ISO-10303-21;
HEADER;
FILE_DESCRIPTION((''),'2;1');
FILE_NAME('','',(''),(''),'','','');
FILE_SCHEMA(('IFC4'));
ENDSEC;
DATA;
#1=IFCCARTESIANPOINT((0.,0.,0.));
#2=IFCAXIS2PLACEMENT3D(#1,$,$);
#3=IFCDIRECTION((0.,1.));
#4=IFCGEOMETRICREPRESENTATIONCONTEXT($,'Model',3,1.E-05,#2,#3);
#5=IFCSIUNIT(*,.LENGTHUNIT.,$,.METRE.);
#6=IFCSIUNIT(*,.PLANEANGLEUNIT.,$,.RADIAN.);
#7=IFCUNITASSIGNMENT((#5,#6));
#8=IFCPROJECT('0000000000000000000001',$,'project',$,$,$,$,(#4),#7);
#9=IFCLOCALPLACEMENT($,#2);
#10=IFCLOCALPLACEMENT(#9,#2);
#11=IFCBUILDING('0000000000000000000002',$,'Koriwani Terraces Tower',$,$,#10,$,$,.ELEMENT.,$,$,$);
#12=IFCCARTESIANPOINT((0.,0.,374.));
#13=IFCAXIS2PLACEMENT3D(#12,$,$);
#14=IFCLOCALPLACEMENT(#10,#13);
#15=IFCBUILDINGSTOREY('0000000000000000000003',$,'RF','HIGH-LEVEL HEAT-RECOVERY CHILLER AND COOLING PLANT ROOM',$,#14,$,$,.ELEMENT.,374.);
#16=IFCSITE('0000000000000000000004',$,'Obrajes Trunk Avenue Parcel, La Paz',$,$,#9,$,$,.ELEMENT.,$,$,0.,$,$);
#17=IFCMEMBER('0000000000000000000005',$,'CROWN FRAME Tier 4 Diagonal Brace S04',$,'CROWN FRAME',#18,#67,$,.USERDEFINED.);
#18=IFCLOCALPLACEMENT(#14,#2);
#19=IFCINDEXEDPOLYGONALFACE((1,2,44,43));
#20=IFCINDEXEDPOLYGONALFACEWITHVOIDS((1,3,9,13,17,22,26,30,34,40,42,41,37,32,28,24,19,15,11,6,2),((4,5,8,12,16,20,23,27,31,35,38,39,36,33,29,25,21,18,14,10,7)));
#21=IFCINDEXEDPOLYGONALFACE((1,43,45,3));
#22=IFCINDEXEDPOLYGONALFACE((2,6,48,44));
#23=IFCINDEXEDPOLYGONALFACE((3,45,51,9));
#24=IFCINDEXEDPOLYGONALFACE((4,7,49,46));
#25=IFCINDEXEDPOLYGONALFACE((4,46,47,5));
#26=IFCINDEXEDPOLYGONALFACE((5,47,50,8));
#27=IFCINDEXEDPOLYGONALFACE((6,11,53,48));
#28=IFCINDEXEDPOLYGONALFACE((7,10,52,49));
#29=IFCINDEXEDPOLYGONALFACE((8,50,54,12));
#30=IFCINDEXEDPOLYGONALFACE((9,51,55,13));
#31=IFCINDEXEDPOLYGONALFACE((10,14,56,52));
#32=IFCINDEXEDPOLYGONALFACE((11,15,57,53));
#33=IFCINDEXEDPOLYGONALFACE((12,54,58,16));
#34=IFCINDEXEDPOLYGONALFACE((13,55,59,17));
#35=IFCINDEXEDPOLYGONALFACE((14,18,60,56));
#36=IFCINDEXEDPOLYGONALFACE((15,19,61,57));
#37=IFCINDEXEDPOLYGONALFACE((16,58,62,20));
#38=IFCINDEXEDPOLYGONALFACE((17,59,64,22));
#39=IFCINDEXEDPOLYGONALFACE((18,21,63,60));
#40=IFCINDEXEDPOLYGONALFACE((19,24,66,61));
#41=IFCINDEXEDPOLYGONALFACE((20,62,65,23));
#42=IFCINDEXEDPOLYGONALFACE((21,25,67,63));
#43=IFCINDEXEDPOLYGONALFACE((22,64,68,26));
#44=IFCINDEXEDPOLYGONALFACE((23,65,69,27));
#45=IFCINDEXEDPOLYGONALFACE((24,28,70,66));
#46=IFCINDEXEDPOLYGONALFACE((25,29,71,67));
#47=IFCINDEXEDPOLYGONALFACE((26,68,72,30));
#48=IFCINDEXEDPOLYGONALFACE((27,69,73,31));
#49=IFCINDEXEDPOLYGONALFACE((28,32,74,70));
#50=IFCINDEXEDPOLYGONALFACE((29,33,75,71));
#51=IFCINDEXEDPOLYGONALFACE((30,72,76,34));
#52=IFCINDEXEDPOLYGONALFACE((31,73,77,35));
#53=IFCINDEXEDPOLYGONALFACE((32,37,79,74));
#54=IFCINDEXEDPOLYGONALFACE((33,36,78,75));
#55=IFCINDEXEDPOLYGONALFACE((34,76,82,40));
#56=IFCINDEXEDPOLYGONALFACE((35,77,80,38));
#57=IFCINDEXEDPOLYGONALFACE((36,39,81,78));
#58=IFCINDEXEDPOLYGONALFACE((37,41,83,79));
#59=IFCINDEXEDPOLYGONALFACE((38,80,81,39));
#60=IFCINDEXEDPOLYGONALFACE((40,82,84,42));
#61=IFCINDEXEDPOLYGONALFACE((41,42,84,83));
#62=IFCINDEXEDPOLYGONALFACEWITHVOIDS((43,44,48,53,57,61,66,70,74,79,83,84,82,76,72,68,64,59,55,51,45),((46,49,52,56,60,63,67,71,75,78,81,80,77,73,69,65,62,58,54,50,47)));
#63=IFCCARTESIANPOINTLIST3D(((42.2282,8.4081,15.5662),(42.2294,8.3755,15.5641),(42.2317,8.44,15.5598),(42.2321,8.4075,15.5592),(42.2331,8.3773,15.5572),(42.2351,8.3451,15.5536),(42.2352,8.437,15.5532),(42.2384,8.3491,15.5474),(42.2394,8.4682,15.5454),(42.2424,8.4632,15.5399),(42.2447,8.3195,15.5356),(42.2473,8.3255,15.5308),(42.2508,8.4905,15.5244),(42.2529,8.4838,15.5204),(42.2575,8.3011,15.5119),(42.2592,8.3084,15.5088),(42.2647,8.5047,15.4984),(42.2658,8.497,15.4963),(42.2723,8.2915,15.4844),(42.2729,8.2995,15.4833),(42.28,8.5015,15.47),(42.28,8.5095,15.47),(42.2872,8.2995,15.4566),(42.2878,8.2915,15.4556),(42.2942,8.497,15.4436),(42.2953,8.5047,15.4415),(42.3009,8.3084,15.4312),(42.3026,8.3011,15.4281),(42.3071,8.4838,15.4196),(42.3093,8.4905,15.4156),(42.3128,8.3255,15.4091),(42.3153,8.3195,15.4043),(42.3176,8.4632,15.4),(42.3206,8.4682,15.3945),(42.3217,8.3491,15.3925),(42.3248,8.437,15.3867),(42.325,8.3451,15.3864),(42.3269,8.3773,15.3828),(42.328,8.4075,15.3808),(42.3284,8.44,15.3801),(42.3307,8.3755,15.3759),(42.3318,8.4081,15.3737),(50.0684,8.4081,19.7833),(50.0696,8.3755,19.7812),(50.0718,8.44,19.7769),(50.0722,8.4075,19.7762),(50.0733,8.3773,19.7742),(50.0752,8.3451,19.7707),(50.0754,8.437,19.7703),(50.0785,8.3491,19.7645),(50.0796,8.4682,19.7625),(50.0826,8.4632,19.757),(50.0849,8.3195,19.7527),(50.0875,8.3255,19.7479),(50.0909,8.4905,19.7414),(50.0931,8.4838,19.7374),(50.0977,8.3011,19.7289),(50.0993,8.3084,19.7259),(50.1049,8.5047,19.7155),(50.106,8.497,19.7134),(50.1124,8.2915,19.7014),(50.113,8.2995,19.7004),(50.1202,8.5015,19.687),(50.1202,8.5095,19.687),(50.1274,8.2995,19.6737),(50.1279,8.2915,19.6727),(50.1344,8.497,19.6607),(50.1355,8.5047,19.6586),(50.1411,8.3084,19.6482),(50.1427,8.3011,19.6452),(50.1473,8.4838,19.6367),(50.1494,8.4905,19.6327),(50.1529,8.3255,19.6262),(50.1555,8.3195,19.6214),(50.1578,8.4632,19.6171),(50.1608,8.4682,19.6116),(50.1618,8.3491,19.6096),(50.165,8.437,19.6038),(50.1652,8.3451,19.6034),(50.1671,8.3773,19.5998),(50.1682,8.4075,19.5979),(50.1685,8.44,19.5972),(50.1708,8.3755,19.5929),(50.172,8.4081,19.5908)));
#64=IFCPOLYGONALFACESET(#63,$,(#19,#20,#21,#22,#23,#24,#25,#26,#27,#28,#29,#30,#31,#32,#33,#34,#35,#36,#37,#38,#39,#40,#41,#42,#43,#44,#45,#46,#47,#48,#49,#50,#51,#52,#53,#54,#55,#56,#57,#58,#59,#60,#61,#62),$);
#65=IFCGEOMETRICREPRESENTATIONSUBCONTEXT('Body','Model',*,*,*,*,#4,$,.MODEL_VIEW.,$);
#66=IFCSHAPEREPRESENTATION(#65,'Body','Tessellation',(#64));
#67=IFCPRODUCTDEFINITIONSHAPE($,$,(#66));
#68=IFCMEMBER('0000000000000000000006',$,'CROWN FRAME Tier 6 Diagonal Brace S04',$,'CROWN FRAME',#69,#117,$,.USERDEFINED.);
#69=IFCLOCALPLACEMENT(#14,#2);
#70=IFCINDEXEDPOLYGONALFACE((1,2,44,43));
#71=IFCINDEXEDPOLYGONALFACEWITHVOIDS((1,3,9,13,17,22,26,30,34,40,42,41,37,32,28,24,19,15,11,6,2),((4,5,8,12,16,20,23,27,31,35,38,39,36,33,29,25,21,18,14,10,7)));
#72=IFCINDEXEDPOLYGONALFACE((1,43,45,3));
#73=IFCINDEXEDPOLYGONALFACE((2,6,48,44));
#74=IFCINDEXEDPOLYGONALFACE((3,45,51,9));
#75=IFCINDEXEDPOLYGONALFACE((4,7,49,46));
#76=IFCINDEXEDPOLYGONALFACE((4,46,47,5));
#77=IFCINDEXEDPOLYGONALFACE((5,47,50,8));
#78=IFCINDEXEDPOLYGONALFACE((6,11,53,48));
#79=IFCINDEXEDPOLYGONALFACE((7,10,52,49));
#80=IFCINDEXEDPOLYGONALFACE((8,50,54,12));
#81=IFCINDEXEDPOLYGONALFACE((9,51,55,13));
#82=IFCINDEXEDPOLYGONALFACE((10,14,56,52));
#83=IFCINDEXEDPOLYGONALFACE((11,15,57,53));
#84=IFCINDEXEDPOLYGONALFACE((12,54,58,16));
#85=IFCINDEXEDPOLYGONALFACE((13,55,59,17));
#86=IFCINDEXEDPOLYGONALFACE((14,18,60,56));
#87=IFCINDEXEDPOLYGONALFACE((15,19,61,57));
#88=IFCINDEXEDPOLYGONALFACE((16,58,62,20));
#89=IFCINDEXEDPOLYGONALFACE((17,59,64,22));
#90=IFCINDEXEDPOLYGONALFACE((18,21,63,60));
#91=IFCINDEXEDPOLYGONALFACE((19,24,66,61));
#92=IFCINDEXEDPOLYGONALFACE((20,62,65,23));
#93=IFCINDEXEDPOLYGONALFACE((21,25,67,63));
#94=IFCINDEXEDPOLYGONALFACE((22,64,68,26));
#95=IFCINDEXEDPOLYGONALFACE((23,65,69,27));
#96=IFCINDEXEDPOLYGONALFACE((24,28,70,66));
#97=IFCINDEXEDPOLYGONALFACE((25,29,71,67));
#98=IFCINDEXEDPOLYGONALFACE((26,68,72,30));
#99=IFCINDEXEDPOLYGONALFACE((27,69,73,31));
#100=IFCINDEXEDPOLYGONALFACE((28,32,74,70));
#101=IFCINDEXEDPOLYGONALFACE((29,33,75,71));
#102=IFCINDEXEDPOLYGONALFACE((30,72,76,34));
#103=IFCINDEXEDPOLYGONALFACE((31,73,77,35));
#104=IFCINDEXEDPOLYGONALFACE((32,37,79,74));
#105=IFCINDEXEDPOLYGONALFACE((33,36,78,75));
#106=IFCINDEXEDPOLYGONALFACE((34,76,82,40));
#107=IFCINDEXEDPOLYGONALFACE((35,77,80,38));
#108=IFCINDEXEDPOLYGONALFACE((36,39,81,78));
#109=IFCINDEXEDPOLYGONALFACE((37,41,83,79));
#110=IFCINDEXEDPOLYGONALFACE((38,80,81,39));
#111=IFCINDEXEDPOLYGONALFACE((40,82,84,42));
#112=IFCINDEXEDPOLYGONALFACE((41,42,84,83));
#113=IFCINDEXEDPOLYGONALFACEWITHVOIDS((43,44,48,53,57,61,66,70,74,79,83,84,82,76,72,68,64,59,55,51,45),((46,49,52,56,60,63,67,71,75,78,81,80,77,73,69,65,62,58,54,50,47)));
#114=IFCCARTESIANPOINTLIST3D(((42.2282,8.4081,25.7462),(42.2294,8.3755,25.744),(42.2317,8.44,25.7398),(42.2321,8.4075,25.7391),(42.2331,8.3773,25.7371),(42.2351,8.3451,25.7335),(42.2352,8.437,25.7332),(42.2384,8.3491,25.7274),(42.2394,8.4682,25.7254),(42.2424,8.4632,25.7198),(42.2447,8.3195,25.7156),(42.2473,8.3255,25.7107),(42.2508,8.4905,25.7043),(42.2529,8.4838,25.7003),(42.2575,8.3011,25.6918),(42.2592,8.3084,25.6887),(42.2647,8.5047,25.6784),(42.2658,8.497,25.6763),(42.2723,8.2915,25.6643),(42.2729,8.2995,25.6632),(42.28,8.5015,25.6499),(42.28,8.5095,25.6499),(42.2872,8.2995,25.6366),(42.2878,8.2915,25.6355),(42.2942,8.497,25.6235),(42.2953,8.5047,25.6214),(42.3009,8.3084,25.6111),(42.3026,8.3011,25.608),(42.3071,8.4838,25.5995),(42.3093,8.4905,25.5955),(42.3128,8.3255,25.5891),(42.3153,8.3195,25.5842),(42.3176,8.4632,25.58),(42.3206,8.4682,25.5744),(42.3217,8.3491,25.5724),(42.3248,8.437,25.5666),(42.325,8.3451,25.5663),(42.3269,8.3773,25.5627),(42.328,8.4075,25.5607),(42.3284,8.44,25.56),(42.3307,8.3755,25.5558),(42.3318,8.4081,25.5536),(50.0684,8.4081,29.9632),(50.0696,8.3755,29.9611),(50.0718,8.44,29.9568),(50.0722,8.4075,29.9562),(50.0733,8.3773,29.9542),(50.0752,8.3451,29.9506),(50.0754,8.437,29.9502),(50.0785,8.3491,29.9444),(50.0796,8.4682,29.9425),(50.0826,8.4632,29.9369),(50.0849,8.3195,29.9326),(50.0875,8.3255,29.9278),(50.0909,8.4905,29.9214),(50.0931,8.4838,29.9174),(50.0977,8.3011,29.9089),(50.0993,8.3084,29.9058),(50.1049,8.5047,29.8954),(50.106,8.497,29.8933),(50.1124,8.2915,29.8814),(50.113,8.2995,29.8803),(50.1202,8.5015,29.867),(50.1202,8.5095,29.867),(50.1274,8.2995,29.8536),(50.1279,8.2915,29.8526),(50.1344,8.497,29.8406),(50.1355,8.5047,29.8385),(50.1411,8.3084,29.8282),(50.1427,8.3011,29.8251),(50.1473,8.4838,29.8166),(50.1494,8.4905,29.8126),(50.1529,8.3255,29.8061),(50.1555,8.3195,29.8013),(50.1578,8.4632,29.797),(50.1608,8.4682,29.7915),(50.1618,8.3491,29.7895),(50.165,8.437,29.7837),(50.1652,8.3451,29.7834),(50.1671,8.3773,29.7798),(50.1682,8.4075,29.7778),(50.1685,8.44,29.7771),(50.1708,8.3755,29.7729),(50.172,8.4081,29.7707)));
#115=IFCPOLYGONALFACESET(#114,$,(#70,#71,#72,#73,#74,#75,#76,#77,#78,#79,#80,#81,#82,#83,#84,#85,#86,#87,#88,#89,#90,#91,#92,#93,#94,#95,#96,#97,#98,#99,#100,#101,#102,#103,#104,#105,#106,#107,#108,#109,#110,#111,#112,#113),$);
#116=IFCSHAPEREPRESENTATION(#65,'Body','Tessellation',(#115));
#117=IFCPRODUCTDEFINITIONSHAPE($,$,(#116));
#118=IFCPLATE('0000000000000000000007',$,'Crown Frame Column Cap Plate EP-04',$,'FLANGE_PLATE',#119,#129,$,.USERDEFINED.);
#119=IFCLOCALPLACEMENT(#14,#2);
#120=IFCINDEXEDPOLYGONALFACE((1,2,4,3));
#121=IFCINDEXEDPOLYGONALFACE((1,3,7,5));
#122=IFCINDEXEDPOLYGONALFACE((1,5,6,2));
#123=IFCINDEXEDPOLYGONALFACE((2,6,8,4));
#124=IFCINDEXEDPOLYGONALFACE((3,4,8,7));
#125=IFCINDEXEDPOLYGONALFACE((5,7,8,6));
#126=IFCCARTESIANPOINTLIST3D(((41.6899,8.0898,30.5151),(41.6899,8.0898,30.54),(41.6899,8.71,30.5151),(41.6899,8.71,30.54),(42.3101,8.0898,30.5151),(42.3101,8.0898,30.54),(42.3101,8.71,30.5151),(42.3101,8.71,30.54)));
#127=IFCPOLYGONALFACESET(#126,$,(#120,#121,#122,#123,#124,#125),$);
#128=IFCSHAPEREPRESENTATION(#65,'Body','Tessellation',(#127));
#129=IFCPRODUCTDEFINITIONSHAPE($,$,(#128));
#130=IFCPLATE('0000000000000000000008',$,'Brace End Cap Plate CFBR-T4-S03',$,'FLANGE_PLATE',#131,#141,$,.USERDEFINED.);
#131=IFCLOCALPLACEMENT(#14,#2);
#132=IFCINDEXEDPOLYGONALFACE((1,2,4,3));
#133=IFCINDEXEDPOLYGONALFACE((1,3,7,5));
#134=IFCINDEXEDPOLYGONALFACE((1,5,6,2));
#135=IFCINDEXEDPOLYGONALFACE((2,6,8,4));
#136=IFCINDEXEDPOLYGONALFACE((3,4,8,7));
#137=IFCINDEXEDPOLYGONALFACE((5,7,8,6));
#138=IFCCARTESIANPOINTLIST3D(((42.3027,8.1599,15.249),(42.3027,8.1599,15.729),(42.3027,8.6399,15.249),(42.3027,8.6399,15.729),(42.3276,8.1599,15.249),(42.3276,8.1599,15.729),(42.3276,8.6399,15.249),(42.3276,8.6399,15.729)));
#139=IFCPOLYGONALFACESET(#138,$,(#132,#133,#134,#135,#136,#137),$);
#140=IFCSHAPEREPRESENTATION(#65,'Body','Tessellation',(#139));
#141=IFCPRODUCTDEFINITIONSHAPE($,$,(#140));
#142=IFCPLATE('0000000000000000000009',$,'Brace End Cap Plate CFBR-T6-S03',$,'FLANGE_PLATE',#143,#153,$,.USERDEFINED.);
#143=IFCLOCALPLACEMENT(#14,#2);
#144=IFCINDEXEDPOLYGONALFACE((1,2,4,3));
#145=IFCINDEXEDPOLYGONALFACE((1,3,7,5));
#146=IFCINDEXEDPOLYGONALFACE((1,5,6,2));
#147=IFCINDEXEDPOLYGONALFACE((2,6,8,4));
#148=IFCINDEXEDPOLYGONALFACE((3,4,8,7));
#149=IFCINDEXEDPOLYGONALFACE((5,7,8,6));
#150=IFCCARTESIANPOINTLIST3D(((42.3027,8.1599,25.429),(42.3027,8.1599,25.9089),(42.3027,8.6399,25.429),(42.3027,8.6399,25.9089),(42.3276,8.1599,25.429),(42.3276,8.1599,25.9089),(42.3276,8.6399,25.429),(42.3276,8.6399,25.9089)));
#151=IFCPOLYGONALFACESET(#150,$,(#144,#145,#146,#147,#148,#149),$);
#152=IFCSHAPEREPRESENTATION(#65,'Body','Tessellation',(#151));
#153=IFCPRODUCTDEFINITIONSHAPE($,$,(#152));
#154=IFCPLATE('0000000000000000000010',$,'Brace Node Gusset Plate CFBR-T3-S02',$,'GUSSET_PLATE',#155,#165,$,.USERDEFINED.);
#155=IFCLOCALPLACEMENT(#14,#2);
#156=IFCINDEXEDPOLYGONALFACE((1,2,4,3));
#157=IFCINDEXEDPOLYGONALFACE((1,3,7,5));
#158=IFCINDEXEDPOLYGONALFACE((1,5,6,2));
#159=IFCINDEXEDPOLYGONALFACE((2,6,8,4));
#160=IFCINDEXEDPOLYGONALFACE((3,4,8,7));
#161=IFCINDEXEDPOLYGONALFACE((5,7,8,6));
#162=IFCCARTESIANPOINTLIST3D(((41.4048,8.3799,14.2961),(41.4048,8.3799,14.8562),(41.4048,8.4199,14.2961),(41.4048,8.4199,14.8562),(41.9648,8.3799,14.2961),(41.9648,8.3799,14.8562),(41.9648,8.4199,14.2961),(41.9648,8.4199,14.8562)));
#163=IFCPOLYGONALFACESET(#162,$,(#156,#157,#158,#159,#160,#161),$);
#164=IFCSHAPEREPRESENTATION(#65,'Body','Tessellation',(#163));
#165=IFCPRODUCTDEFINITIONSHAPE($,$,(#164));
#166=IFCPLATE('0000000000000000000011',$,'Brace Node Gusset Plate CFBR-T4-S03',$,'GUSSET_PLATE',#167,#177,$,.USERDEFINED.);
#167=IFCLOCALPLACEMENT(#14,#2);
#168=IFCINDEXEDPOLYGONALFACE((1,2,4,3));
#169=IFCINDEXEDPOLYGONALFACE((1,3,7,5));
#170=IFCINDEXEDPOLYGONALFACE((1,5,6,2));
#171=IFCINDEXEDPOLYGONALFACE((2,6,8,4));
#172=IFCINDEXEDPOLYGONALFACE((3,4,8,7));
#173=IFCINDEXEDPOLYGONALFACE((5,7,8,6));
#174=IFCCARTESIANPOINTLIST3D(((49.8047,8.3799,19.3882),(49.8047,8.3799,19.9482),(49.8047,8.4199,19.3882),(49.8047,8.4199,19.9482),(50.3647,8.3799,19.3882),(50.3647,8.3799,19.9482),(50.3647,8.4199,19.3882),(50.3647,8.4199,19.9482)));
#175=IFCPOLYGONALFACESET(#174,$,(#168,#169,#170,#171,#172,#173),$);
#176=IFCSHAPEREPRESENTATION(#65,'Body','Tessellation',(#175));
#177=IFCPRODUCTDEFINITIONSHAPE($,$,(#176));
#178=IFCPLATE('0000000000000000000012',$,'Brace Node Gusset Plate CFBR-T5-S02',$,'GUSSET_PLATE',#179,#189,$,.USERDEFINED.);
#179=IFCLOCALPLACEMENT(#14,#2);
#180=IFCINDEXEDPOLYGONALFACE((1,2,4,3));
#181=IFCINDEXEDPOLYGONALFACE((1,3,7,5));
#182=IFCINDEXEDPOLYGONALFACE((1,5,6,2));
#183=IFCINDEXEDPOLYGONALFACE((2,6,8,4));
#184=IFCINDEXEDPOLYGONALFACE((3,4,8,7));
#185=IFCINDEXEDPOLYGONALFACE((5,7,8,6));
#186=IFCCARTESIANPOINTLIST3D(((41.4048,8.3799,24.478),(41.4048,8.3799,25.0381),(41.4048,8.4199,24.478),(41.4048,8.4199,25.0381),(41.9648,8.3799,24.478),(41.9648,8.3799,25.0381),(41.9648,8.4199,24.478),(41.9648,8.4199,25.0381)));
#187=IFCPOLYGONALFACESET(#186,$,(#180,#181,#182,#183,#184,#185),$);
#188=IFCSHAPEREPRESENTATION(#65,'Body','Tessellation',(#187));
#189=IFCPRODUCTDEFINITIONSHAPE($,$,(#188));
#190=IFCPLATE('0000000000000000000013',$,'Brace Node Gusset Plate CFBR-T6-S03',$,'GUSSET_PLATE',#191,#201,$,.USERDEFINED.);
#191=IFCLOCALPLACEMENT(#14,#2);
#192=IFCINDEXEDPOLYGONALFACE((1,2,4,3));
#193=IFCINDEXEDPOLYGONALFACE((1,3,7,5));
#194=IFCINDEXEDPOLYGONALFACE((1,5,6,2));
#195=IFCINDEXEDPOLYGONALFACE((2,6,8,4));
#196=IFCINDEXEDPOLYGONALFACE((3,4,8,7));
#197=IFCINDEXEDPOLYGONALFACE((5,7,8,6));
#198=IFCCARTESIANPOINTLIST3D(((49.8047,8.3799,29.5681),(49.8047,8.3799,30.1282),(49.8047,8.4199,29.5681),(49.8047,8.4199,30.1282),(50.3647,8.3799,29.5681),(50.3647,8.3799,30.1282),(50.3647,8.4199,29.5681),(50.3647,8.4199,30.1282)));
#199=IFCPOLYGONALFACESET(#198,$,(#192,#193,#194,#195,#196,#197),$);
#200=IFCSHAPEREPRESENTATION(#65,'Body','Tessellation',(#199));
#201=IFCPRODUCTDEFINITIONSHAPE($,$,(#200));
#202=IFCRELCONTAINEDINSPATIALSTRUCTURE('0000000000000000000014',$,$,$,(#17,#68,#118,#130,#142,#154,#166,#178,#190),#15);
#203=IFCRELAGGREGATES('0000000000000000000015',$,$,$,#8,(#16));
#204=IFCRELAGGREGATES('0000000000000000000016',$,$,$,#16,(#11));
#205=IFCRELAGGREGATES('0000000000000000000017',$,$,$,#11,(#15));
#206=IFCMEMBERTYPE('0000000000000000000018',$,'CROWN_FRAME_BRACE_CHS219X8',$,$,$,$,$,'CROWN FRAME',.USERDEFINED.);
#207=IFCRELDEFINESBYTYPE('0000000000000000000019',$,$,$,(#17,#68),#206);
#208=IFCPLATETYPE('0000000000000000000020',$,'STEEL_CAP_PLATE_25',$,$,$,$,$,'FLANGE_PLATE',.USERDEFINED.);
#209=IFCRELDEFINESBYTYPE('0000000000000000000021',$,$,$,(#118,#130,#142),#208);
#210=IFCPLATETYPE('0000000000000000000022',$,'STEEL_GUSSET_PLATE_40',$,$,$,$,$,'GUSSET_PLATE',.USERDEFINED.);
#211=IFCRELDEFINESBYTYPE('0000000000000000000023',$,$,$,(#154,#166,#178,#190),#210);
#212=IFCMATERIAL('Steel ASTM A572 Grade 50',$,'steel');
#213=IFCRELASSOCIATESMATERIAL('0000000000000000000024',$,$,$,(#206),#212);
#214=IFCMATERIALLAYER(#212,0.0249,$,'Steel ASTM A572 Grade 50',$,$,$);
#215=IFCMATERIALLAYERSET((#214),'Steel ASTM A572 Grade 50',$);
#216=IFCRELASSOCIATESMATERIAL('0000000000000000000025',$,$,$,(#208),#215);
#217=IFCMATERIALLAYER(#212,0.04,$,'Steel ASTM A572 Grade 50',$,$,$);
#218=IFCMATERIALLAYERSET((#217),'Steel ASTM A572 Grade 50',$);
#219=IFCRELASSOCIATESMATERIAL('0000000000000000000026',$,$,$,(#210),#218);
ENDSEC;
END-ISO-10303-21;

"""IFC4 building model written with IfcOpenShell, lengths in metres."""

from ifc_helpers import new_model, si_unit, direction, frame, origin, origin_2d, place, context, subcontext, project, spatial, rectangle, hollow_circle, extrude, material, layer, layer_set, material_profile, profile_set, type_object, element, save


model = new_model("IFC4")

# Units and contexts
model_context = context("Model", 3, precision=1e-05, world=origin(), true_north=direction((0.0, 1.0)))
body_context = subcontext(model_context, "Body", "Model", "MODEL_VIEW")
ifc_project = project(units=[si_unit("LENGTHUNIT", "METRE"), si_unit("PLANEANGLEUNIT", "RADIAN")], contexts=[model_context])

# Site, building, storey
site_placement = place(None, origin())
site = spatial("IfcSite", under=ifc_project, at=site_placement, Name="Obrajes Trunk Avenue Parcel, La Paz", CompositionType="ELEMENT", RefElevation=0.0)
building_placement = place(site_placement, origin())
building = spatial("IfcBuilding", under=site, at=building_placement, Name="Koriwani Terraces Tower", CompositionType="ELEMENT")
storey_placement = place(building_placement, frame((0.0, 0.0, 374.0)))
storey = spatial("IfcBuildingStorey", under=building, at=storey_placement, Name="RF", Description="HIGH-LEVEL HEAT-RECOVERY CHILLER AND COOLING PLANT ROOM", CompositionType="ELEMENT", Elevation=374.0)

# Shared definitions
ifc_material_1 = material(Name="Steel ASTM A572 Grade 50", Category="steel")

# Members
ifc_material_profile_1 = material_profile(ifc_material_1, hollow_circle(Radius=0.1096, WallThickness=0.0081, at=origin_2d()), Name="Steel ASTM A572 Grade 50", Category="LoadBearing")
ifc_profile_set_1 = profile_set([ifc_material_profile_1], Name="Steel ASTM A572 Grade 50")
member_type = type_object("IfcMemberType", Name="CROWN_FRAME_BRACE_CHS219X8", ElementType="CROWN FRAME", PredefinedType="USERDEFINED", material=ifc_profile_set_1)
for number, where, z_axis, x_axis, name in (
    (1, (42.28, 8.3999, 15.47), (0.880684, 0.0, 0.473704), (0.0, 1.0, 0.0), "CROWN FRAME Tier 4 Diagonal Brace S04"),
    (2, (42.28, 8.3999, 25.6499), (0.880684, 0.0, 0.473704), (0.0, 1.0, 0.0), "CROWN FRAME Tier 6 Diagonal Brace S04"),
):
    element("IfcMember", number, at=place(storey_placement, frame(where, z_axis=z_axis, x_axis=x_axis)), inside=storey, type_object=member_type, Name=name, ObjectType="CROWN FRAME", PredefinedType="USERDEFINED", context=body_context, shape_type="SweptSolid", body=[
        extrude(hollow_circle(Radius=0.1096, WallThickness=0.0081, at=origin_2d()), origin(), (0.0, 0.0, 1.0), 8.9023),
    ])

# Plates
ifc_layer_1 = layer(ifc_material_1, 0.0249, Name="Steel ASTM A572 Grade 50")
ifc_layer_set_1 = layer_set([ifc_layer_1], Name="Steel ASTM A572 Grade 50")
plate_type_1 = type_object("IfcPlateType", Name="STEEL_CAP_PLATE_25", ElementType="FLANGE_PLATE", PredefinedType="USERDEFINED", material=ifc_layer_set_1)
plate_placement = place(storey_placement, frame((42.0, 8.3999, 30.5151), z_axis=(0.0, 0.0, 1.0), x_axis=(1.0, 0.0, 0.0)))
element("IfcPlate", 3, at=plate_placement, inside=storey, type_object=plate_type_1, Name="Crown Frame Column Cap Plate EP-04", ObjectType="FLANGE_PLATE", PredefinedType="USERDEFINED", context=body_context, shape_type="SweptSolid", body=[
    extrude(rectangle(XDim=0.6201, YDim=0.6201, at=origin_2d()), origin(), (0.0, 0.0, 1.0), 0.0249),
])
for number, where, z_axis, x_axis, name in (
    (4, (42.3152, 8.3999, 15.249), (0.0, 0.0, 1.0), (1.0, 0.0, 0.0), "Brace End Cap Plate CFBR-T4-S03"),
    (5, (42.3152, 8.3999, 25.429), (0.0, 0.0, 1.0), (1.0, 0.0, 0.0), "Brace End Cap Plate CFBR-T6-S03"),
):
    element("IfcPlate", number, at=place(storey_placement, frame(where, z_axis=z_axis, x_axis=x_axis)), inside=storey, type_object=plate_type_1, Name=name, ObjectType="FLANGE_PLATE", PredefinedType="USERDEFINED", context=body_context, shape_type="SweptSolid", body=[
        extrude(rectangle(XDim=0.0249, YDim=0.48, at=origin_2d()), origin(), (0.0, 0.0, 1.0), 0.48),
    ])
ifc_layer_2 = layer(ifc_material_1, 0.04, Name="Steel ASTM A572 Grade 50")
ifc_layer_set_2 = layer_set([ifc_layer_2], Name="Steel ASTM A572 Grade 50")
plate_type_2 = type_object("IfcPlateType", Name="STEEL_GUSSET_PLATE_40", ElementType="GUSSET_PLATE", PredefinedType="USERDEFINED", material=ifc_layer_set_2)
for number, where, z_axis, x_axis, name in (
    (6, (41.6848, 8.3999, 14.2961), (0.0, 0.0, 1.0), (1.0, 0.0, 0.0), "Brace Node Gusset Plate CFBR-T3-S02"),
    (7, (50.0847, 8.3999, 19.3882), (0.0, 0.0, 1.0), (1.0, 0.0, 0.0), "Brace Node Gusset Plate CFBR-T4-S03"),
    (8, (41.6848, 8.3999, 24.478), (0.0, 0.0, 1.0), (1.0, 0.0, 0.0), "Brace Node Gusset Plate CFBR-T5-S02"),
    (9, (50.0847, 8.3999, 29.5681), (0.0, 0.0, 1.0), (1.0, 0.0, 0.0), "Brace Node Gusset Plate CFBR-T6-S03"),
):
    element("IfcPlate", number, at=place(storey_placement, frame(where, z_axis=z_axis, x_axis=x_axis)), inside=storey, type_object=plate_type_2, Name=name, ObjectType="GUSSET_PLATE", PredefinedType="USERDEFINED", context=body_context, shape_type="SweptSolid", body=[
        extrude(rectangle(XDim=0.5601, YDim=0.04, at=origin_2d()), origin(), (0.0, 0.0, 1.0), 0.5601),
    ])

save(model, "model.ifc")
